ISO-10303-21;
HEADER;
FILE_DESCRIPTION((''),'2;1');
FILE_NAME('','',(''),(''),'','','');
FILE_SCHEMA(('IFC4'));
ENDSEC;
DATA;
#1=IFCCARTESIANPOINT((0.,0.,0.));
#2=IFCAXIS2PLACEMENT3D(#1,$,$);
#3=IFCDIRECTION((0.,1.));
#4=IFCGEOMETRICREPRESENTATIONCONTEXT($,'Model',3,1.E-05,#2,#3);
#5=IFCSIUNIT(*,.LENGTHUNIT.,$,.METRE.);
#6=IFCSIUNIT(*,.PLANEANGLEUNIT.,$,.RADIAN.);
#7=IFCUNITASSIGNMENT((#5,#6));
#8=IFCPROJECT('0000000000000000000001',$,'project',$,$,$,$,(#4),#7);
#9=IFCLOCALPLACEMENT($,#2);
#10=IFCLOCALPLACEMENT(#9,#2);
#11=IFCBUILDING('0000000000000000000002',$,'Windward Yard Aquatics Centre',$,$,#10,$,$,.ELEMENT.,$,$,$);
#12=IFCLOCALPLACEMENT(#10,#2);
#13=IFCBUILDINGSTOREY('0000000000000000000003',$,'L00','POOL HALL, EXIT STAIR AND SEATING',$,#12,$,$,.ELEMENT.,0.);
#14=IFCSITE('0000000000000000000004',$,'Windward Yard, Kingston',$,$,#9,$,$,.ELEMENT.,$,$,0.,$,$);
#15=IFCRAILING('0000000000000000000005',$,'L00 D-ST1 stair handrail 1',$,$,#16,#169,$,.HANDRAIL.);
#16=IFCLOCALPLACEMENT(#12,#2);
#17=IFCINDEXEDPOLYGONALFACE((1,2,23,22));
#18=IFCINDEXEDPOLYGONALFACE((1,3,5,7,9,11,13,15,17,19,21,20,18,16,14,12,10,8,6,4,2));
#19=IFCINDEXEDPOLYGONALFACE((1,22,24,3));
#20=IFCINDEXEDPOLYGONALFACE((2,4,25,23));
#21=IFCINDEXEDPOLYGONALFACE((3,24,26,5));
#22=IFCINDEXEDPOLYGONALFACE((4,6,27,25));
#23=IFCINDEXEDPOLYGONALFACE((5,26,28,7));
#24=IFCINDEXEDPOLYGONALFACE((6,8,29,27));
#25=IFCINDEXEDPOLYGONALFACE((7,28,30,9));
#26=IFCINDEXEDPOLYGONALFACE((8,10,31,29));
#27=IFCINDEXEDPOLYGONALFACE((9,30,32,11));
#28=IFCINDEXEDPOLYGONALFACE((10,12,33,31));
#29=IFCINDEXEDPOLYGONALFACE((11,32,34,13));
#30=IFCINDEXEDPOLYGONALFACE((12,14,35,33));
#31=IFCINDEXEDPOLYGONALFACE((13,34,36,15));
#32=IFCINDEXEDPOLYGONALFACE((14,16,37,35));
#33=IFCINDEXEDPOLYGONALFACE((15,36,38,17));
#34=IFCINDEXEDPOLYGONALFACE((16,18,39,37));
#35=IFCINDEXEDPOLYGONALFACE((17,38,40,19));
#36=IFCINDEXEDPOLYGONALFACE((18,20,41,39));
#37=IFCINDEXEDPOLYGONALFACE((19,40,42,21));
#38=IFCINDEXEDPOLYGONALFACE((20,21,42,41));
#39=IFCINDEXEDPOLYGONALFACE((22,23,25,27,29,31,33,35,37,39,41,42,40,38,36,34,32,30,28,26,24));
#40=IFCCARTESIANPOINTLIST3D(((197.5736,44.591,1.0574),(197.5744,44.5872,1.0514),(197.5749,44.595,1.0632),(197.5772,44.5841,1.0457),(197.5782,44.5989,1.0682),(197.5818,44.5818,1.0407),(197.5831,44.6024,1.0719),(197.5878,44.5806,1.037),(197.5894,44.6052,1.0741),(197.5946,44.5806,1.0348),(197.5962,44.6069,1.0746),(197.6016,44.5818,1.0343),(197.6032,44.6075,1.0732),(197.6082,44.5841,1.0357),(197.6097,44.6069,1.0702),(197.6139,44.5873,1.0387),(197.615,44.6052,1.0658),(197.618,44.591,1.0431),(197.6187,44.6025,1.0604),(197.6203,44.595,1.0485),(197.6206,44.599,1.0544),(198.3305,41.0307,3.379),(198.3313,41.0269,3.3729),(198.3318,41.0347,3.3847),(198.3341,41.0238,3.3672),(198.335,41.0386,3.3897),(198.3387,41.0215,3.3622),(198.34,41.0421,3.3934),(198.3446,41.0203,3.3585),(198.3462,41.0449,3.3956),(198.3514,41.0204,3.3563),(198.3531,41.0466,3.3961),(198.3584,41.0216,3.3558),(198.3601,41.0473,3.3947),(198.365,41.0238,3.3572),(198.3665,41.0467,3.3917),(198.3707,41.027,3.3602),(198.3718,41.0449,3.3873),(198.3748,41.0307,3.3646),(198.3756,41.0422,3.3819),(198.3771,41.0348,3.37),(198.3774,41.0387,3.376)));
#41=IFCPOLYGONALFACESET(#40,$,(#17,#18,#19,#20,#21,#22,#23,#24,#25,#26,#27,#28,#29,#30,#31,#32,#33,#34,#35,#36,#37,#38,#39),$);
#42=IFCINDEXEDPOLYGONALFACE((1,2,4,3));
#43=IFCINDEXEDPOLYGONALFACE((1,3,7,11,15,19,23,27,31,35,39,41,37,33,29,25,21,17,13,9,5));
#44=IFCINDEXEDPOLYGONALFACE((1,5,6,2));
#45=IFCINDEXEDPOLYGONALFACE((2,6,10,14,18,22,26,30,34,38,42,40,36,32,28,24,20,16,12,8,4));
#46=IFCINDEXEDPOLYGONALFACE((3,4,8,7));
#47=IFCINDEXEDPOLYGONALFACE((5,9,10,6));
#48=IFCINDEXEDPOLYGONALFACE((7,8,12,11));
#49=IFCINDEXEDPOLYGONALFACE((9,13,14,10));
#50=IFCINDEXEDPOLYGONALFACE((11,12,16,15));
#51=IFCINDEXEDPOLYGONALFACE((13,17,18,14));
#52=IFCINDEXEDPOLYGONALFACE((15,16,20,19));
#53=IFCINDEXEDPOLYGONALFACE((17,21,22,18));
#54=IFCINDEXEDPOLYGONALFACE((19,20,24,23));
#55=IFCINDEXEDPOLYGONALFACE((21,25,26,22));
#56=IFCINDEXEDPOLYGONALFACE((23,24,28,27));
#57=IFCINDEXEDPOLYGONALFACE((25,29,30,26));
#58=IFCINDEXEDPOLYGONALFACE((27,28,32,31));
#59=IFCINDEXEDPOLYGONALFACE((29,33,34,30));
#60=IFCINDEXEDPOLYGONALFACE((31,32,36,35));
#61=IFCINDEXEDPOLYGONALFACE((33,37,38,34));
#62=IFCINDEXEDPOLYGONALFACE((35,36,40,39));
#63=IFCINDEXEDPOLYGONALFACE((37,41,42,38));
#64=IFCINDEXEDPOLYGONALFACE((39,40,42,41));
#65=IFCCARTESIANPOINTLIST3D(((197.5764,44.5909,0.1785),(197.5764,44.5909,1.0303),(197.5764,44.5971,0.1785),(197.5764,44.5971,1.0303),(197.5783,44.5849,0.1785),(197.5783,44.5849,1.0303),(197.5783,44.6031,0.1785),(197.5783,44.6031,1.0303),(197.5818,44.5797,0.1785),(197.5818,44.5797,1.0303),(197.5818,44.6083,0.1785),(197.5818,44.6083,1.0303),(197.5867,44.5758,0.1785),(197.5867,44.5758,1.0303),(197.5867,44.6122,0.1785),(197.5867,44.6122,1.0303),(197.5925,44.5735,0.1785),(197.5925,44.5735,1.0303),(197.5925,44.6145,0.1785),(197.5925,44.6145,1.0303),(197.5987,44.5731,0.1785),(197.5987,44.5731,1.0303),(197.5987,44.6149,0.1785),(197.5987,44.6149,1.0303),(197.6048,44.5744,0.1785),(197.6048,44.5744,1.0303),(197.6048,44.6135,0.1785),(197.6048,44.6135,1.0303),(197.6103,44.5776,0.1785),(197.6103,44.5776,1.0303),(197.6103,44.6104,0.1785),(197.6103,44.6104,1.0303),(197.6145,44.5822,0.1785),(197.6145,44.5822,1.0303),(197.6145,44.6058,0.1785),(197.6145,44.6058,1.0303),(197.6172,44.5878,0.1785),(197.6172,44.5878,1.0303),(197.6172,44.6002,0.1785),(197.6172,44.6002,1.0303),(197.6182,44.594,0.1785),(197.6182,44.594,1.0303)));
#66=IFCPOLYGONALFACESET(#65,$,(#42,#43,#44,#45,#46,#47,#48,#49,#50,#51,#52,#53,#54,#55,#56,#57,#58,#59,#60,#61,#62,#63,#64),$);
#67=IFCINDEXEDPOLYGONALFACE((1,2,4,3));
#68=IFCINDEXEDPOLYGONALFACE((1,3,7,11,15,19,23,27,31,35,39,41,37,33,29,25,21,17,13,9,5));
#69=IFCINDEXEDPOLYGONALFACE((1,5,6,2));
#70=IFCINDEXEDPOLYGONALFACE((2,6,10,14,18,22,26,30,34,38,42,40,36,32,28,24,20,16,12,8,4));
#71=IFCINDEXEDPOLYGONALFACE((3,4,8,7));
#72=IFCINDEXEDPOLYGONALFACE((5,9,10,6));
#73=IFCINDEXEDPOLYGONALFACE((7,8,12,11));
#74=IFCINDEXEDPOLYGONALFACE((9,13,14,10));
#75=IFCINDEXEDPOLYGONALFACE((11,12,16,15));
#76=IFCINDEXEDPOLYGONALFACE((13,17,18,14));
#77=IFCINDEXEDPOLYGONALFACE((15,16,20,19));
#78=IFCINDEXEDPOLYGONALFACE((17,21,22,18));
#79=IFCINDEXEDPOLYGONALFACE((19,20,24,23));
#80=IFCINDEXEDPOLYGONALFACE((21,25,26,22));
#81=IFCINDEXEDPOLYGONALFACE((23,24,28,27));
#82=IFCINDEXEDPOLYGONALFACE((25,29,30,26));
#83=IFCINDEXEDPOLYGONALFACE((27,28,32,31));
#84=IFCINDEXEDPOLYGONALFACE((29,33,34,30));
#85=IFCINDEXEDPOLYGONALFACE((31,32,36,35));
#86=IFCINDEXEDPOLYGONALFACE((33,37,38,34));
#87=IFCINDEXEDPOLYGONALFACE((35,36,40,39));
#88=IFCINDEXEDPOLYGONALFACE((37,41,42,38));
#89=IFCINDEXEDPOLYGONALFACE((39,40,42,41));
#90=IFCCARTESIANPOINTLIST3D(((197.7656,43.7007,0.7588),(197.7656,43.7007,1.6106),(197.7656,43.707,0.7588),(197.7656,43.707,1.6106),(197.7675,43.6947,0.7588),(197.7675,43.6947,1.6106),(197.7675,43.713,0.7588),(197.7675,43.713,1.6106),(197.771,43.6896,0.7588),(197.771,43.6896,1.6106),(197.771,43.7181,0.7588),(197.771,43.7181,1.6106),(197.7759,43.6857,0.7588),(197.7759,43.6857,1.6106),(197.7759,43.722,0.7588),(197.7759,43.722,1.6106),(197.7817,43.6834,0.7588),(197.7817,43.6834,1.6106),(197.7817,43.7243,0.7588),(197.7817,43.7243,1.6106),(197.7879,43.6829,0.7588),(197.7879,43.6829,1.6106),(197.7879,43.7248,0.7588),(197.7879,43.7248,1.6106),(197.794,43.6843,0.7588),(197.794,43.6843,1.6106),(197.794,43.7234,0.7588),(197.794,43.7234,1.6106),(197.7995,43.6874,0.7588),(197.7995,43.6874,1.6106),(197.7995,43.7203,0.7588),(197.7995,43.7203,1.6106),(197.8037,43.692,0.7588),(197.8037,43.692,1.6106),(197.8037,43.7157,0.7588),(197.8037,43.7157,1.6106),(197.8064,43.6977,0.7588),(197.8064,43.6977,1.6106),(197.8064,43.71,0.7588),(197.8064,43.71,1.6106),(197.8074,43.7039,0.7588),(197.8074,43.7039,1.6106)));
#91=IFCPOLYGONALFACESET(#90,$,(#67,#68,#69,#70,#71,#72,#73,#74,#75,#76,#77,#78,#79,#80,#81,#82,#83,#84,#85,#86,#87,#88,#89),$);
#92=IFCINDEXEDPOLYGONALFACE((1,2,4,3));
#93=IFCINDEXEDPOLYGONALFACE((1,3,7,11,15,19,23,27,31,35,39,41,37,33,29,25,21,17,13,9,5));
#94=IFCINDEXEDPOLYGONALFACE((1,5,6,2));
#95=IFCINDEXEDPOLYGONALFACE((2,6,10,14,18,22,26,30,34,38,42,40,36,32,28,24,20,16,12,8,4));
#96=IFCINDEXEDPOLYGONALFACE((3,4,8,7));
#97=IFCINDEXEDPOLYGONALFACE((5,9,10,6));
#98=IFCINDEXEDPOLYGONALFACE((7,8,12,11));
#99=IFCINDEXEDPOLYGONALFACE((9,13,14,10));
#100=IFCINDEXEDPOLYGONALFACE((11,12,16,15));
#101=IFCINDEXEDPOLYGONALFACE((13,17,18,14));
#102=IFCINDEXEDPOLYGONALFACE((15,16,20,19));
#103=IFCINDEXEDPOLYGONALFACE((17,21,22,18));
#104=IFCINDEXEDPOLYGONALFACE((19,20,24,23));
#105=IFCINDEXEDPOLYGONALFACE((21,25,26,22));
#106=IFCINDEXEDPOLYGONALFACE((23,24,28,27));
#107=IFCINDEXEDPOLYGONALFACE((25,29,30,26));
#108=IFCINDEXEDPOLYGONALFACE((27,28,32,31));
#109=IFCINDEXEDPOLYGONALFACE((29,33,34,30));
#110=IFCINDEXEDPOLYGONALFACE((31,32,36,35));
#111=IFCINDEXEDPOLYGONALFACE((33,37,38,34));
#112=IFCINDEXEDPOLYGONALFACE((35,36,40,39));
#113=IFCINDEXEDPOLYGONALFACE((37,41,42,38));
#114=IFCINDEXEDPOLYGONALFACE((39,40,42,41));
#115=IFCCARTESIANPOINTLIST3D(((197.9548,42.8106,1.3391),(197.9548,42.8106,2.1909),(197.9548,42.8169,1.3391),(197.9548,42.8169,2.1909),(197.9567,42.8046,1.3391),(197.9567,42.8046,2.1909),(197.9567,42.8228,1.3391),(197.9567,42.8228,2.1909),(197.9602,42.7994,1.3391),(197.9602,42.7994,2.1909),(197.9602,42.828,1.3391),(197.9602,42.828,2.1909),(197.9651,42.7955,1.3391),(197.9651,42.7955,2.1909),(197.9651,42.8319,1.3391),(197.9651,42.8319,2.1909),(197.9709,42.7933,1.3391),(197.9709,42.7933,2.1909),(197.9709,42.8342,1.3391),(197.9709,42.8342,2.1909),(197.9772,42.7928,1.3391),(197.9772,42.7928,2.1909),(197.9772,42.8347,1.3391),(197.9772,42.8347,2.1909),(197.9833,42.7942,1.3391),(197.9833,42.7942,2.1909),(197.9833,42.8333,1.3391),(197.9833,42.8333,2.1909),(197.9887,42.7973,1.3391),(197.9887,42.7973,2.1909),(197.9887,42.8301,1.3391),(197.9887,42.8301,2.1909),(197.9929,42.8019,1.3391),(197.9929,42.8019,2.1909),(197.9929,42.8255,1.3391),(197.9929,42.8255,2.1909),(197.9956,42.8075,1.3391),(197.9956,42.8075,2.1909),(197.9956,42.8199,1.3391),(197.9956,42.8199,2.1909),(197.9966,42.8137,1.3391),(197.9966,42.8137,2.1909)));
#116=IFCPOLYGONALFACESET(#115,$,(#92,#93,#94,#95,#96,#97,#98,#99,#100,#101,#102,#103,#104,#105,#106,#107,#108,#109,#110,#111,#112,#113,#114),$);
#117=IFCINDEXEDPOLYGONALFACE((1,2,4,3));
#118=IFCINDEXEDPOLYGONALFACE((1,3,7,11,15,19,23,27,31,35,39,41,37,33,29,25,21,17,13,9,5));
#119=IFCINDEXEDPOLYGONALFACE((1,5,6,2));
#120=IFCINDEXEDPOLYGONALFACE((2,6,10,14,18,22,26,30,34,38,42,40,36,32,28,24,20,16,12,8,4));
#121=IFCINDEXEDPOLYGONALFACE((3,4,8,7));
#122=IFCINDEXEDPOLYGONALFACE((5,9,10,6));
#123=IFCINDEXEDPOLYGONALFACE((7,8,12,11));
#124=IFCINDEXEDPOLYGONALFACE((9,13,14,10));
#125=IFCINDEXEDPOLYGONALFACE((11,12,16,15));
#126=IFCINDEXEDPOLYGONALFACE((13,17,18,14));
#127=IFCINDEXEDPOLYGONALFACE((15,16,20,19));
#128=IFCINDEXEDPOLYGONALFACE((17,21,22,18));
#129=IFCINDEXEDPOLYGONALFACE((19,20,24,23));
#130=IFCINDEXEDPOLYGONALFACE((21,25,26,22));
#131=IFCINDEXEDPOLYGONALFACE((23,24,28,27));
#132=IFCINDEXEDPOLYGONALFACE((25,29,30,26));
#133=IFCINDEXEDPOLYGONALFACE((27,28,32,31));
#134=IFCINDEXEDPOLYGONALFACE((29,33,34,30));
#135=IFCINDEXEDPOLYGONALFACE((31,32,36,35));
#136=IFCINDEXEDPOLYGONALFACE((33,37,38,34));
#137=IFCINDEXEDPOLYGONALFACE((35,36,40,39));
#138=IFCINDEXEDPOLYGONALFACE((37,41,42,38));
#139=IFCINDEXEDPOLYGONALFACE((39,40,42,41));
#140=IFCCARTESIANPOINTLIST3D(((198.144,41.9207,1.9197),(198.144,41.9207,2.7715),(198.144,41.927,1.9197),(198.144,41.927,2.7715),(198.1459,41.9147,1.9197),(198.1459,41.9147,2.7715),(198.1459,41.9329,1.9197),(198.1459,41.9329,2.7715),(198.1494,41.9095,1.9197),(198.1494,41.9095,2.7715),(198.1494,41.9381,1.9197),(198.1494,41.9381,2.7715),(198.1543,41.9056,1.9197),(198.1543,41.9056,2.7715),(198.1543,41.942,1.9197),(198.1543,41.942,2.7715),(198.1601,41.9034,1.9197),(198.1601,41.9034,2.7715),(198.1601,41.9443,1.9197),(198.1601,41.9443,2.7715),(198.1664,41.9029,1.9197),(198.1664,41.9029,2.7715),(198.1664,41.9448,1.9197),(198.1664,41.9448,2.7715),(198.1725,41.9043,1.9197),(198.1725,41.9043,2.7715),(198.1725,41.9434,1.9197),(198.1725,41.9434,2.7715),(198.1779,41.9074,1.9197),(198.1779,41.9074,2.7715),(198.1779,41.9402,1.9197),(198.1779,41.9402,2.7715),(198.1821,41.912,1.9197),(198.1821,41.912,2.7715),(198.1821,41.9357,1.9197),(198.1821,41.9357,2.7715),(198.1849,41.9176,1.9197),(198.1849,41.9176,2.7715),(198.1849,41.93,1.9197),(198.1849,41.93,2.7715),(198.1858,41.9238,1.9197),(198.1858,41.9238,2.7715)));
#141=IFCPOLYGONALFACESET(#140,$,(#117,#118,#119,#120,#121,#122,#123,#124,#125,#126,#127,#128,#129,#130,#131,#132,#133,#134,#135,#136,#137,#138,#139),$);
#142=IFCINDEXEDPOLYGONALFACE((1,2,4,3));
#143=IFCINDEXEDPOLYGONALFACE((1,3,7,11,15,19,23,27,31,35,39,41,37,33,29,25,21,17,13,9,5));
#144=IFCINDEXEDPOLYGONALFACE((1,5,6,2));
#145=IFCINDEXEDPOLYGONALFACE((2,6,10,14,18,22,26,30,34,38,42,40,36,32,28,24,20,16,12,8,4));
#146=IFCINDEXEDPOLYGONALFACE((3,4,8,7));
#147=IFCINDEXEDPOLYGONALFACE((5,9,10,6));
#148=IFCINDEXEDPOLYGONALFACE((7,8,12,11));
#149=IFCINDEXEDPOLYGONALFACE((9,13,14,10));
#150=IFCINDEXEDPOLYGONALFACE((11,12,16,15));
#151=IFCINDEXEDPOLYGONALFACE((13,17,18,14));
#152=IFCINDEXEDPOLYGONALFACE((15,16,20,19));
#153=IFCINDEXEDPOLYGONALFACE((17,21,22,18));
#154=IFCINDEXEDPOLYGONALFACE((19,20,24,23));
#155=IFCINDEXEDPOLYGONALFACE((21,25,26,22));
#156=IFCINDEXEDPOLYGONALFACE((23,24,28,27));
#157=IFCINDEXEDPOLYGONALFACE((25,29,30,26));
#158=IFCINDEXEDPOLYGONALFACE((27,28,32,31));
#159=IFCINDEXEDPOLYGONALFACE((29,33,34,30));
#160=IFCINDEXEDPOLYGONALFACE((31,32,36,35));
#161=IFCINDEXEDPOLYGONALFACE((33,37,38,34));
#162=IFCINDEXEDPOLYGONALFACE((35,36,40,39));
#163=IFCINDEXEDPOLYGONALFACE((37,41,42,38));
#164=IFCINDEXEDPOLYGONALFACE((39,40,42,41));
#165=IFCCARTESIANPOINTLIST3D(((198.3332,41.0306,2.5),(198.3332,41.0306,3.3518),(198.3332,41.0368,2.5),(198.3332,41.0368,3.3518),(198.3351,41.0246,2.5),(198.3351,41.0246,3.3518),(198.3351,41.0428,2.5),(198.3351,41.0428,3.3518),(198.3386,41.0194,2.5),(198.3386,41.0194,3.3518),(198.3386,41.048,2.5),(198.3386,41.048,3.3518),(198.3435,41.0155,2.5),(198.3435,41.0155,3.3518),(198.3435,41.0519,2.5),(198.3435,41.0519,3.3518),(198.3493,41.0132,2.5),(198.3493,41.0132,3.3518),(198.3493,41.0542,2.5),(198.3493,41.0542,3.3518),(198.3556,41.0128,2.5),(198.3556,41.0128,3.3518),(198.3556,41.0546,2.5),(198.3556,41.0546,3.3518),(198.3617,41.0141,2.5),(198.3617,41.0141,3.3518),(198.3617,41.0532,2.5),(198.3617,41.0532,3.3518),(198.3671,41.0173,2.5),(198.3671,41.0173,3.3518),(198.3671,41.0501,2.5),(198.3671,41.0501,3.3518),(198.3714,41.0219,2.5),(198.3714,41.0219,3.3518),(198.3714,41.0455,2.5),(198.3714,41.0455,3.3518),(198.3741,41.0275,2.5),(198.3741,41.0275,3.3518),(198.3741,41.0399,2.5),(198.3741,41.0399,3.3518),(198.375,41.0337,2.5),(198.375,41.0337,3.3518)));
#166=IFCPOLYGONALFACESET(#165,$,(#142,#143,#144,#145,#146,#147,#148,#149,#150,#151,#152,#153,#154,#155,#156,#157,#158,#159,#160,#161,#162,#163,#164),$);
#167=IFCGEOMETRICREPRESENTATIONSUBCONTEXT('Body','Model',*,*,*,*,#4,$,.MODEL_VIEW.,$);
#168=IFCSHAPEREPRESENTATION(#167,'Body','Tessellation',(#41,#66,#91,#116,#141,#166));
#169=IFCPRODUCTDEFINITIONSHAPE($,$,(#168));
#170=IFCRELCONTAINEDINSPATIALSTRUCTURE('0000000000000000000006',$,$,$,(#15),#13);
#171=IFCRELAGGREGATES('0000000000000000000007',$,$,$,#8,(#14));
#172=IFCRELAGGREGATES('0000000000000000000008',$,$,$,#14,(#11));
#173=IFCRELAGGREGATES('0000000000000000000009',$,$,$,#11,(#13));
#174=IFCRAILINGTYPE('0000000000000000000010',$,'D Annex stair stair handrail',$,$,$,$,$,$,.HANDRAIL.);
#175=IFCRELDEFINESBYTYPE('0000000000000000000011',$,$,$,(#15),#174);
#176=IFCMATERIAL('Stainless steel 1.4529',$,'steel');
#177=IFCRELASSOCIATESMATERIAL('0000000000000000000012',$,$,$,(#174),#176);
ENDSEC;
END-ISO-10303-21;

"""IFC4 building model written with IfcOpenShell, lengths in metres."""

from ifc_helpers import new_model, si_unit, direction, frame, origin, origin_2d, place, context, subcontext, project, spatial, circle, extrude, material, type_object, element, save


model = new_model("IFC4")

# Units and contexts
model_context = context("Model", 3, precision=1e-05, world=origin(), true_north=direction((0.0, 1.0)))
body_context = subcontext(model_context, "Body", "Model", "MODEL_VIEW")
ifc_project = project(units=[si_unit("LENGTHUNIT", "METRE"), si_unit("PLANEANGLEUNIT", "RADIAN")], contexts=[model_context])

# Site, building, storey
site_placement = place(None, origin())
site = spatial("IfcSite", under=ifc_project, at=site_placement, Name="Windward Yard, Kingston", CompositionType="ELEMENT", RefElevation=0.0)
building_placement = place(site_placement, origin())
building = spatial("IfcBuilding", under=site, at=building_placement, Name="Windward Yard Aquatics Centre", CompositionType="ELEMENT")
storey_placement = place(building_placement, origin())
storey = spatial("IfcBuildingStorey", under=building, at=storey_placement, Name="L00", Description="POOL HALL, EXIT STAIR AND SEATING", CompositionType="ELEMENT", Elevation=0.0)

# Railing
ifc_material_1 = material(Name="Stainless steel 1.4529", Category="steel")
railing_type_1 = type_object("IfcRailingType", Name="D Annex stair stair handrail", PredefinedType="HANDRAIL", material=ifc_material_1)
railing_1_placement = place(storey_placement, frame((197.5972, 44.594, 0.1785)))
element("IfcRailing", 1, at=railing_1_placement, inside=storey, type_object=railing_type_1, Name="L00 D-ST1 stair handrail 1", PredefinedType="HANDRAIL", context=body_context, shape_type="SweptSolid", body=[
    extrude(circle(Radius=0.0239, at=origin_2d()), frame((0.0, 0.0, 0.876), z_axis=(0.175308, -0.824682, 0.537743), x_axis=(0.978144, 0.20793, 0.0)), (0.0, 0.0, 1.0), 4.3171),
    extrude(circle(Radius=0.021, at=origin_2d()), origin(), (0.0, 0.0, 1.0), 0.8518),
    extrude(circle(Radius=0.021, at=origin_2d()), frame((0.1892, -0.8901, 0.5803)), (0.0, 0.0, 1.0), 0.8518),
    extrude(circle(Radius=0.021, at=origin_2d()), frame((0.3784, -1.7803, 1.1606)), (0.0, 0.0, 1.0), 0.8518),
    extrude(circle(Radius=0.021, at=origin_2d()), frame((0.5676, -2.6702, 1.7412)), (0.0, 0.0, 1.0), 0.8518),
    extrude(circle(Radius=0.021, at=origin_2d()), frame((0.7568, -3.5603, 2.3215)), (0.0, 0.0, 1.0), 0.8518),
])

save(model, "model.ifc")
